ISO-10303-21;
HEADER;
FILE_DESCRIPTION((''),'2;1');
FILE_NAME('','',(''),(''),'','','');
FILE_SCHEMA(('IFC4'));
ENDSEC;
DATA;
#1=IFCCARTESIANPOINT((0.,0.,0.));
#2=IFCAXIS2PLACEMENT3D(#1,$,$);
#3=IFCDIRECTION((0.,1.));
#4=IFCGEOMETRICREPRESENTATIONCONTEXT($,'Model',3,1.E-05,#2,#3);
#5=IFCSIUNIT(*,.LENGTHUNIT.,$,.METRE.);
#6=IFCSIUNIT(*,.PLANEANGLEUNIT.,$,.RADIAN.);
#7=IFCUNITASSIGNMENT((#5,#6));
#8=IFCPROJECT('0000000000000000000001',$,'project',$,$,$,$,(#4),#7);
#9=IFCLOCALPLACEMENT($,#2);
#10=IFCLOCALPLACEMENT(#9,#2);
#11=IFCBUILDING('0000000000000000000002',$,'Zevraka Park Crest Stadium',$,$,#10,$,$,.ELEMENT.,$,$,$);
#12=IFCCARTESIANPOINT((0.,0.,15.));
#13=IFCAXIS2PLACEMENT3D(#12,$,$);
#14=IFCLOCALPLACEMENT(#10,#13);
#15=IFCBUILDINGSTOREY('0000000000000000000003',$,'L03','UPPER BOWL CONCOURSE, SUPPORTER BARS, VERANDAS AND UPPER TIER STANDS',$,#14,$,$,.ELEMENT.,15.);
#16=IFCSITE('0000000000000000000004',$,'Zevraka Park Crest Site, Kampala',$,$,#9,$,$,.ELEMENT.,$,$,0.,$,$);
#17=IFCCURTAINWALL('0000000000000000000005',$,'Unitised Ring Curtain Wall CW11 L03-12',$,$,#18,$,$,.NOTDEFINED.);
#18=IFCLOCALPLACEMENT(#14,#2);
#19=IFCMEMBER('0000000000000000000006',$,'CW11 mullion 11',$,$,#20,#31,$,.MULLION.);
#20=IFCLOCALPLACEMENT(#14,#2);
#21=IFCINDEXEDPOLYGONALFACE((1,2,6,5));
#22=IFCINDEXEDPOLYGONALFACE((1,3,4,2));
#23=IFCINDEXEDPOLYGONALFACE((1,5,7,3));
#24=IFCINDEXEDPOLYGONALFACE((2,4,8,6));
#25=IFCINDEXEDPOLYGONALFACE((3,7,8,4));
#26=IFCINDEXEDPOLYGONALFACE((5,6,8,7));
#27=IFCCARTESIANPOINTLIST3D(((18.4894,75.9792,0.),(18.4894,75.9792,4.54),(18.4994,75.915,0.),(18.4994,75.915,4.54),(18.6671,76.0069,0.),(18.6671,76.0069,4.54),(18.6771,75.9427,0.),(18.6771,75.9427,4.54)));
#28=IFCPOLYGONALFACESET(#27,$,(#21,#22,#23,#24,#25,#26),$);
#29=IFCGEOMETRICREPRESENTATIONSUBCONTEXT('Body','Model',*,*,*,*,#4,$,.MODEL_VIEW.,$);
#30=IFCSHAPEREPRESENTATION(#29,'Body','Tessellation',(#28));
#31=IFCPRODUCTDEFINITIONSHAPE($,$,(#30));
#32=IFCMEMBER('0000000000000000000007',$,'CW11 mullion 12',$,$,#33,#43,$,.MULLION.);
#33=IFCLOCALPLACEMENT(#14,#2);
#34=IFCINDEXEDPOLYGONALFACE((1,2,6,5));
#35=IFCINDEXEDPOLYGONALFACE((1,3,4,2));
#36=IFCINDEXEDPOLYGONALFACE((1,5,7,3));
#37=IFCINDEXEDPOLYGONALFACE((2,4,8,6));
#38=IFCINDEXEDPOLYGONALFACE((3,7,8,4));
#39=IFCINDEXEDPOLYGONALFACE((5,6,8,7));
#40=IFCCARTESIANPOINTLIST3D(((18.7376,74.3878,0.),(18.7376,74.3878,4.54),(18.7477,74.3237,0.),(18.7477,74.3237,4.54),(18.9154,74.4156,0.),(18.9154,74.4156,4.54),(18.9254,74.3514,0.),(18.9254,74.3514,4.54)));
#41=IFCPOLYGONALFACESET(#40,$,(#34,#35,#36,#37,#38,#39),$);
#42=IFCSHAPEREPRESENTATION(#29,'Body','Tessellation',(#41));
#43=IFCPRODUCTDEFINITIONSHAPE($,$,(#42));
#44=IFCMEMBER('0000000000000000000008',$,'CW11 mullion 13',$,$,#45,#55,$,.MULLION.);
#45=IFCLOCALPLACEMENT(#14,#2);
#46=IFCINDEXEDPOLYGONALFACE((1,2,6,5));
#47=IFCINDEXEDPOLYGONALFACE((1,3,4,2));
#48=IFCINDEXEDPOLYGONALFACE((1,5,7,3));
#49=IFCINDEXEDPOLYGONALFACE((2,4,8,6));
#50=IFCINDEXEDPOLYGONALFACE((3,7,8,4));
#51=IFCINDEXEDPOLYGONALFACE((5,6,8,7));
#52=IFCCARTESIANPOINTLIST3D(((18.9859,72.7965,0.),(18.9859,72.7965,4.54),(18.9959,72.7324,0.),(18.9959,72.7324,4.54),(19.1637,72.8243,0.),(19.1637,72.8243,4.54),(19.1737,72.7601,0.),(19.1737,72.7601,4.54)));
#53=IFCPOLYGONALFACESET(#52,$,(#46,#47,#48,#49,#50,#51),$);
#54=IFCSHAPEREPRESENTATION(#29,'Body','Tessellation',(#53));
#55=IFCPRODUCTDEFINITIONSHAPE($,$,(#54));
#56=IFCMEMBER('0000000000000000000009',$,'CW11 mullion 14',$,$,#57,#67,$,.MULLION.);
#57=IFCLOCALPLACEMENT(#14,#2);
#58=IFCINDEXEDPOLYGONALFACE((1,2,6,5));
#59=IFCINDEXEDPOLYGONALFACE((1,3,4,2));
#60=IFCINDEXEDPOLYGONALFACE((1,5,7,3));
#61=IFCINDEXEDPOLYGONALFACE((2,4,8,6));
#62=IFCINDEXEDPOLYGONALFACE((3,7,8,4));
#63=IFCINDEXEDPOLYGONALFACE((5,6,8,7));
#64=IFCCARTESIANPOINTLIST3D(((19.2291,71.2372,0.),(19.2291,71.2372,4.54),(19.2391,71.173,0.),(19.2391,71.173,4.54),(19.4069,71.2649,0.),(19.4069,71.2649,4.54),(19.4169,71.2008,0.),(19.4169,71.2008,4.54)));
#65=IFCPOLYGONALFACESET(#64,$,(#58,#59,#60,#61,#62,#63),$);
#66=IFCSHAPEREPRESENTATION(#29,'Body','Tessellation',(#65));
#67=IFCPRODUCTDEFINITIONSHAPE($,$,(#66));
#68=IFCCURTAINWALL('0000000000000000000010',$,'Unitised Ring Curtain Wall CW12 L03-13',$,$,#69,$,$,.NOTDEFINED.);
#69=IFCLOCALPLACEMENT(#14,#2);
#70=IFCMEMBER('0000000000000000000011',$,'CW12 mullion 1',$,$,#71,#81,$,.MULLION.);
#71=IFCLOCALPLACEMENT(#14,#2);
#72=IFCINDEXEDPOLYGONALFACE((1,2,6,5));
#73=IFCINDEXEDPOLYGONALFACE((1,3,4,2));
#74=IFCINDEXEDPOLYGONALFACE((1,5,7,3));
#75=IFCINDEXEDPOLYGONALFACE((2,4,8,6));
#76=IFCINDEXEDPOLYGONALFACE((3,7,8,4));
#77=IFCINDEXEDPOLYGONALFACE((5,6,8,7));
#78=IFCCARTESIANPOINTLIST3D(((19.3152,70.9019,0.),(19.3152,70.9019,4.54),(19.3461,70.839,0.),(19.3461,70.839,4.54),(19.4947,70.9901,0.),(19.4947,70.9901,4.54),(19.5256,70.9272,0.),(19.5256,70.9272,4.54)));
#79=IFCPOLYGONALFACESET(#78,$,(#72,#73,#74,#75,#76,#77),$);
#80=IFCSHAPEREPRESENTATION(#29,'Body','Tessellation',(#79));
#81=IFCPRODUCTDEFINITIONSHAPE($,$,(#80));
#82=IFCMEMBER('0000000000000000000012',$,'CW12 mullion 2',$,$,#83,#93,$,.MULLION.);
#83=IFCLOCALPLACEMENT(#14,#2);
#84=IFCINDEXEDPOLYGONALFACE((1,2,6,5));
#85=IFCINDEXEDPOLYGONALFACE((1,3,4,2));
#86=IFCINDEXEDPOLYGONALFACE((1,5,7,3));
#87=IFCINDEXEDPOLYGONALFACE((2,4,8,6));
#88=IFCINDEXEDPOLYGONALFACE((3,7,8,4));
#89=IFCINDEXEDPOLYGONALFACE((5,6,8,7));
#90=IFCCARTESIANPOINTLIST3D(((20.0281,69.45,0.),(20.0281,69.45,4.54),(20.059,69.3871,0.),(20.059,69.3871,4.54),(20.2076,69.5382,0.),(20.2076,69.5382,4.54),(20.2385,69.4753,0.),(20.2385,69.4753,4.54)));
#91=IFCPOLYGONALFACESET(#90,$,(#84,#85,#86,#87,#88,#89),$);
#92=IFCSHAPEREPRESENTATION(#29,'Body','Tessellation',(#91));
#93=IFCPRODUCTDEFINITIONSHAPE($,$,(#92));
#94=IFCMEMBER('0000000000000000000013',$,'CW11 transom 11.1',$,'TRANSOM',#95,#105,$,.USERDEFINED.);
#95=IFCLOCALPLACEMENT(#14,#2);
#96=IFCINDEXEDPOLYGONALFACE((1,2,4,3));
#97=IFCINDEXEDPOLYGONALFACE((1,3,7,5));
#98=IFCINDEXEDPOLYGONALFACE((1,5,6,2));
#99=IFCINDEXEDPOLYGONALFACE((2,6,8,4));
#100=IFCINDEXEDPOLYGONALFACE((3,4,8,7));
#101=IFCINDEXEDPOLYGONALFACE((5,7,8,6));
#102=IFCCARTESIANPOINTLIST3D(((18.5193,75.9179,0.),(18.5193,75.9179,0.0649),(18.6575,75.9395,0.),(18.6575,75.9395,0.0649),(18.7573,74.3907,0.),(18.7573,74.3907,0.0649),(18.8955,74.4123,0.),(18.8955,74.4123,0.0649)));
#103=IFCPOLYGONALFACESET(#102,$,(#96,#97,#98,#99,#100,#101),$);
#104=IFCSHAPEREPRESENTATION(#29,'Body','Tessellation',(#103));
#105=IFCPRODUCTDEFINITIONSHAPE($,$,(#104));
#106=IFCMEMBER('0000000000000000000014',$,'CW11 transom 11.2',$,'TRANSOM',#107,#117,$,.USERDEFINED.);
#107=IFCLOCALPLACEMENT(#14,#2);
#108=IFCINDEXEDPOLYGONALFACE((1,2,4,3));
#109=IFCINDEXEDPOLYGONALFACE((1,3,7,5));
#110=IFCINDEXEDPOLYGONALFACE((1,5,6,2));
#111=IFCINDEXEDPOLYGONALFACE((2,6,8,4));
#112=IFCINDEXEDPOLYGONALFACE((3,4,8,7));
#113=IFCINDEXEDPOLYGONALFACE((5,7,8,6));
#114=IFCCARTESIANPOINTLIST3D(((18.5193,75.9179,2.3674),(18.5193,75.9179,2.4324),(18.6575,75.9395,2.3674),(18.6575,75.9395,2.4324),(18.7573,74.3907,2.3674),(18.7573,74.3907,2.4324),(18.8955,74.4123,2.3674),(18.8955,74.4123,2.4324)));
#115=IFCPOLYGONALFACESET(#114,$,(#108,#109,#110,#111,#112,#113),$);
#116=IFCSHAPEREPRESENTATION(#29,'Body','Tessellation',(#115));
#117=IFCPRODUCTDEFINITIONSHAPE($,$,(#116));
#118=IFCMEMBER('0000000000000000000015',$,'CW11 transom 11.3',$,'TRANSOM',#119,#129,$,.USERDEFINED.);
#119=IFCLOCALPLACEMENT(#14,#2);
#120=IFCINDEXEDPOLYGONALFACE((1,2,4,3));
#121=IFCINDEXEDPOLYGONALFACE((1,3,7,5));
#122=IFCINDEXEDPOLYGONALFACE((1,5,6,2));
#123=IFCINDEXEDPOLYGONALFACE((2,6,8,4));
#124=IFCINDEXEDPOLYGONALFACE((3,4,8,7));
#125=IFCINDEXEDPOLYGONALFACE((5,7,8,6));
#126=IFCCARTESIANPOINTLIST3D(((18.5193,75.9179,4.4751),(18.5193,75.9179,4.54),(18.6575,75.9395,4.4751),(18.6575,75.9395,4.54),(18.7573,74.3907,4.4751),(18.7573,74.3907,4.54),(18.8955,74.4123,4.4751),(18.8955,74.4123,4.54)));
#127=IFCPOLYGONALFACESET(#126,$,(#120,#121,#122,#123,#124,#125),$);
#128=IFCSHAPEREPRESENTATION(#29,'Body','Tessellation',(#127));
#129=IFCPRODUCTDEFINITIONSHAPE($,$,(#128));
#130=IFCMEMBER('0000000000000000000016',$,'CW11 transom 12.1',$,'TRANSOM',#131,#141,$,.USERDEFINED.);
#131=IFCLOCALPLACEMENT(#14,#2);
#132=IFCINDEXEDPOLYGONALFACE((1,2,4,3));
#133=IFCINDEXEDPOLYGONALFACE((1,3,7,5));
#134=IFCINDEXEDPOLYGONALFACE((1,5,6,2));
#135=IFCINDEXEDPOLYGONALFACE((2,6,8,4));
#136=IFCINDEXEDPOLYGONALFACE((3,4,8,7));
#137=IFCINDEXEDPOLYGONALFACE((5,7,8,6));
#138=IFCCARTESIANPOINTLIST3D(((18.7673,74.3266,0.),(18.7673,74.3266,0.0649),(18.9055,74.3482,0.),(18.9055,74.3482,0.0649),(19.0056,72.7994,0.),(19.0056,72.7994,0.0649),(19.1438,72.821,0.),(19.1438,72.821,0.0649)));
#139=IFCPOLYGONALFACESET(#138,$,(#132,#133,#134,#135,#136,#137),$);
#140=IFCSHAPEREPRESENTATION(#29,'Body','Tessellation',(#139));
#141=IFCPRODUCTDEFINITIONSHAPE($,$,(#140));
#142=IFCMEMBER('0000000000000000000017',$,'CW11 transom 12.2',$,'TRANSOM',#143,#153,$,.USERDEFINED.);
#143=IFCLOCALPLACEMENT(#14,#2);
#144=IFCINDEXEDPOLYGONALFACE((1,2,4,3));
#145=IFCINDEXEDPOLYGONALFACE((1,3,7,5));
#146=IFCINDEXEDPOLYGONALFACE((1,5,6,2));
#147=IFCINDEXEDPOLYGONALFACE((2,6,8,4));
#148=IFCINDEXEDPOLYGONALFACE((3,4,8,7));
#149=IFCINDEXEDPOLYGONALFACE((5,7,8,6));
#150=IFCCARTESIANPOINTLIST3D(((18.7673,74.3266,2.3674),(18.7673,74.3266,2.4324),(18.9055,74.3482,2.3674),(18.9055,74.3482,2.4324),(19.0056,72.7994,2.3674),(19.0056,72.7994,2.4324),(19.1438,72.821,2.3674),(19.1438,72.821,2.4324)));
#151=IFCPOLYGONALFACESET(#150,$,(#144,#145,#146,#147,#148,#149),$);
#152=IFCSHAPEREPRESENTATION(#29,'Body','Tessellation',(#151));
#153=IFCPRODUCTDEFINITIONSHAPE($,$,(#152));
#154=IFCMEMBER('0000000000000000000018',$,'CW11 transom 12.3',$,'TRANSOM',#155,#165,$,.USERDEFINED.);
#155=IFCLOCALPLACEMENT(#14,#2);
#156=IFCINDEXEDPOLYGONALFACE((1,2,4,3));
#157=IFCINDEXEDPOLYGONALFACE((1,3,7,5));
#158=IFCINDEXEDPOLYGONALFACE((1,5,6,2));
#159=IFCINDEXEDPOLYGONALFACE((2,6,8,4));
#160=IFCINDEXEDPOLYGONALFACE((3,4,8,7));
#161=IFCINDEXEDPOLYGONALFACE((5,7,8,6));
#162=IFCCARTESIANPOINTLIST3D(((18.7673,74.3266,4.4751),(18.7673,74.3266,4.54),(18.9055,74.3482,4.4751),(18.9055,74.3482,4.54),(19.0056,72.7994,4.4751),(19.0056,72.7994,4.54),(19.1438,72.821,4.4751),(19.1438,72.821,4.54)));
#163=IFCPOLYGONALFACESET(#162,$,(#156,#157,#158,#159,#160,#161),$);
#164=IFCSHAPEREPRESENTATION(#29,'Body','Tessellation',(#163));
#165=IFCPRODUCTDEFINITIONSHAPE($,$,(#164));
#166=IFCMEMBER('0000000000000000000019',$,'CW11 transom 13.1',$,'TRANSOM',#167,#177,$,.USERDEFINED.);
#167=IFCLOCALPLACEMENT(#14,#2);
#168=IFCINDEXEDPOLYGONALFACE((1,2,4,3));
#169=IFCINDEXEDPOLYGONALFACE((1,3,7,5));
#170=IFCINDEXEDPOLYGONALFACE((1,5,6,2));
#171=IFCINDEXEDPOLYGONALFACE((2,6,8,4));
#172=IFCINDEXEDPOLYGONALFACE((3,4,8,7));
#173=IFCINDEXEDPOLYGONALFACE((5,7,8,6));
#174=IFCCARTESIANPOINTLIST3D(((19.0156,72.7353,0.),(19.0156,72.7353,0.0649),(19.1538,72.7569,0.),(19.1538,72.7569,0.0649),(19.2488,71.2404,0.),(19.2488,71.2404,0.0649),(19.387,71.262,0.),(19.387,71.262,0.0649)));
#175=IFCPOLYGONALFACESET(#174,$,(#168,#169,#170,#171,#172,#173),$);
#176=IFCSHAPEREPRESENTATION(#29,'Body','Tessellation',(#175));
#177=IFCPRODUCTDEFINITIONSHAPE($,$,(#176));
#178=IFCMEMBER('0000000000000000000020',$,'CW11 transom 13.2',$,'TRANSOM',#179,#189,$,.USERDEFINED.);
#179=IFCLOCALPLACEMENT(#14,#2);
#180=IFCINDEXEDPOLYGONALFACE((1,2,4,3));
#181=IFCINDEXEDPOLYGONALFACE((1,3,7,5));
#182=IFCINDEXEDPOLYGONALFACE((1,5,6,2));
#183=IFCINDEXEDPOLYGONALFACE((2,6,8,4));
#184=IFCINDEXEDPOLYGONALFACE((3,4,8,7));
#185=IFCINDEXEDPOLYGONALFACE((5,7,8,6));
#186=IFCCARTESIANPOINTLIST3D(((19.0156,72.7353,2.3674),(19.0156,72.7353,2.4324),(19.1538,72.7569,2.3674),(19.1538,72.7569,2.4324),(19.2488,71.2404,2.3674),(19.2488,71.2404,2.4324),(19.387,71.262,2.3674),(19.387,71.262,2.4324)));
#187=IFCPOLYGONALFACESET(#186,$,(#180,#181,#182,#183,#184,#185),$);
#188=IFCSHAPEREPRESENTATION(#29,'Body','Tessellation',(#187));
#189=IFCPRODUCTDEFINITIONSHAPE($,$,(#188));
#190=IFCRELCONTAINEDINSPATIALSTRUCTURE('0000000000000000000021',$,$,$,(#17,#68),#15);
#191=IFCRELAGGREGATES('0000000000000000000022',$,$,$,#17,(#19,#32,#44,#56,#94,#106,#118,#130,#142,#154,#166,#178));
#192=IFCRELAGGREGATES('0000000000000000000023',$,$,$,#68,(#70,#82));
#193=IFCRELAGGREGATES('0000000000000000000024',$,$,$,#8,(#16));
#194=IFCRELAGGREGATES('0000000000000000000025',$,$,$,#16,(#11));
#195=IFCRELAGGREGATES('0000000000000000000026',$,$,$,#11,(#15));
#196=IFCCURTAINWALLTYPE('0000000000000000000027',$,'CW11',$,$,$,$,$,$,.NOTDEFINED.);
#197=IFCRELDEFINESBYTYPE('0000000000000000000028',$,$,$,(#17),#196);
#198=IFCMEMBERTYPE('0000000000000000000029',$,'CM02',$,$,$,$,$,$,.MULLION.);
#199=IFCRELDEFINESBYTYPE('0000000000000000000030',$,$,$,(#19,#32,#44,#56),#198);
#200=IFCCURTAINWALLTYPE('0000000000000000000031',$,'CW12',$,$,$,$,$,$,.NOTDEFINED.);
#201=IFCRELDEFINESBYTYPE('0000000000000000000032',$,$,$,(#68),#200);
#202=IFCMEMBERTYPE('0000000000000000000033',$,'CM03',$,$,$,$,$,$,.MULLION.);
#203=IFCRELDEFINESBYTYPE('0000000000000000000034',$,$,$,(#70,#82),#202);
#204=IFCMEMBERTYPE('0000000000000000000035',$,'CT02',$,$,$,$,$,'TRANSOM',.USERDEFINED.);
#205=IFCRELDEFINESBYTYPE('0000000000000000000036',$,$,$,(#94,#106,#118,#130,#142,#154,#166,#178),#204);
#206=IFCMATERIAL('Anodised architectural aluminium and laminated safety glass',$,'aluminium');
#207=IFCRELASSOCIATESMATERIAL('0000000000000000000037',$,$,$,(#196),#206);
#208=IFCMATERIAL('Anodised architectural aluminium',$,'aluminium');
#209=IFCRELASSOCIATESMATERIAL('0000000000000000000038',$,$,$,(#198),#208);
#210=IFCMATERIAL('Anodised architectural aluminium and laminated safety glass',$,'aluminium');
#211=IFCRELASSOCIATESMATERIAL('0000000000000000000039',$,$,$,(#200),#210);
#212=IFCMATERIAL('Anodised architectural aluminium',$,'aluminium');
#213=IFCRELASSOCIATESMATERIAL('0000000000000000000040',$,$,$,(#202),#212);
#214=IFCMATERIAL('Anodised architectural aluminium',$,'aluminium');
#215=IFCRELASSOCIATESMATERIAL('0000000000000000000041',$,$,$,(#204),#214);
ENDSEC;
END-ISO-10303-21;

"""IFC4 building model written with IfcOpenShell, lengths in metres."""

from ifc_helpers import new_model, si_unit, direction, frame, origin, origin_2d, place, context, subcontext, project, spatial, rectangle, extrude, material, material_profile, profile_set, type_object, element, aggregate, save


model = new_model("IFC4")

# Units and contexts
model_context = context("Model", 3, precision=1e-05, world=origin(), true_north=direction((0.0, 1.0)))
body_context = subcontext(model_context, "Body", "Model", "MODEL_VIEW")
ifc_project = project(units=[si_unit("LENGTHUNIT", "METRE"), si_unit("PLANEANGLEUNIT", "RADIAN")], contexts=[model_context])

# Site, building, storey
site_placement = place(None, origin())
site = spatial("IfcSite", under=ifc_project, at=site_placement, Name="Zevraka Park Crest Site, Kampala", CompositionType="ELEMENT", RefElevation=0.0)
building_placement = place(site_placement, origin())
building = spatial("IfcBuilding", under=site, at=building_placement, Name="Zevraka Park Crest Stadium", CompositionType="ELEMENT")
storey_placement = place(building_placement, frame((0.0, 0.0, 15.0)))
storey = spatial("IfcBuildingStorey", under=building, at=storey_placement, Name="L03", Description="UPPER BOWL CONCOURSE, SUPPORTER BARS, VERANDAS AND UPPER TIER STANDS", CompositionType="ELEMENT", Elevation=15.0)

# Curtain walls, members
ifc_material_1 = material(Name="Anodised architectural aluminium and laminated safety glass", Category="aluminium")
curtain_wall_type_1 = type_object("IfcCurtainWallType", Name="CW11", PredefinedType="NOTDEFINED", material=ifc_material_1)
curtain_wall_1_placement = place(storey_placement, origin())
curtain_wall_1 = element("IfcCurtainWall", 1, at=curtain_wall_1_placement, inside=storey, type_object=curtain_wall_type_1, Name="Unitised Ring Curtain Wall CW11 L03-12", PredefinedType="NOTDEFINED")
ifc_material_2 = material(Name="Anodised architectural aluminium", Category="aluminium")
ifc_material_profile_1 = material_profile(ifc_material_2, rectangle(XDim=0.1799, YDim=0.0649, at=origin_2d()), Name="ALU MULLION 180x65")
ifc_profile_set_1 = profile_set([ifc_material_profile_1], Name="Anodised architectural aluminium")
member_type_1 = type_object("IfcMemberType", Name="CM02", PredefinedType="MULLION", material=ifc_profile_set_1)
member_1_placement = place(storey_placement, frame((18.5833, 75.9609, 0.0), z_axis=(0.0, 0.0, 1.0), x_axis=(0.988051, 0.154128, 0.0)))
member_1 = element("IfcMember", 2, at=member_1_placement, type_object=member_type_1, Name="CW11 mullion 11", PredefinedType="MULLION", context=body_context, shape_type="SweptSolid", body=[
    extrude(rectangle(XDim=0.1799, YDim=0.0649, at=origin_2d()), origin(), (0.0, 0.0, 1.0), 4.54),
])
member_2_placement = place(storey_placement, frame((18.8315, 74.3696, 0.0), z_axis=(0.0, 0.0, 1.0), x_axis=(0.988051, 0.154128, 0.0)))
member_2 = element("IfcMember", 3, at=member_2_placement, type_object=member_type_1, Name="CW11 mullion 12", PredefinedType="MULLION", context=body_context, shape_type="SweptSolid", body=[
    extrude(rectangle(XDim=0.1799, YDim=0.0649, at=origin_2d()), origin(), (0.0, 0.0, 1.0), 4.54),
])
member_3_placement = place(storey_placement, frame((19.0798, 72.7783, 0.0), z_axis=(0.0, 0.0, 1.0), x_axis=(0.988051, 0.154128, 0.0)))
member_3 = element("IfcMember", 4, at=member_3_placement, type_object=member_type_1, Name="CW11 mullion 13", PredefinedType="MULLION", context=body_context, shape_type="SweptSolid", body=[
    extrude(rectangle(XDim=0.1799, YDim=0.0649, at=origin_2d()), origin(), (0.0, 0.0, 1.0), 4.54),
])
member_4_placement = place(storey_placement, frame((19.323, 71.219, 0.0), z_axis=(0.0, 0.0, 1.0), x_axis=(0.988051, 0.154128, 0.0)))
member_4 = element("IfcMember", 5, at=member_4_placement, type_object=member_type_1, Name="CW11 mullion 14", PredefinedType="MULLION", context=body_context, shape_type="SweptSolid", body=[
    extrude(rectangle(XDim=0.1799, YDim=0.0649, at=origin_2d()), origin(), (0.0, 0.0, 1.0), 4.54),
])
ifc_material_3 = material(Name="Anodised architectural aluminium and laminated safety glass", Category="aluminium")
curtain_wall_type_2 = type_object("IfcCurtainWallType", Name="CW12", PredefinedType="NOTDEFINED", material=ifc_material_3)
curtain_wall_2_placement = place(storey_placement, origin())
curtain_wall_2 = element("IfcCurtainWall", 6, at=curtain_wall_2_placement, inside=storey, type_object=curtain_wall_type_2, Name="Unitised Ring Curtain Wall CW12 L03-13", PredefinedType="NOTDEFINED")
ifc_material_4 = material(Name="Anodised architectural aluminium", Category="aluminium")
ifc_material_profile_2 = material_profile(ifc_material_4, rectangle(XDim=0.2, YDim=0.0701, at=origin_2d()), Name="ALU MULLION 200x70")
ifc_profile_set_2 = profile_set([ifc_material_profile_2], Name="Anodised architectural aluminium")
member_type_2 = type_object("IfcMemberType", Name="CM03", PredefinedType="MULLION", material=ifc_profile_set_2)
member_5_placement = place(storey_placement, frame((19.4204, 70.9146, 0.0), z_axis=(0.0, 0.0, 1.0), x_axis=(0.897671, 0.440666, 0.0)))
member_5 = element("IfcMember", 7, at=member_5_placement, type_object=member_type_2, Name="CW12 mullion 1", PredefinedType="MULLION", context=body_context, shape_type="SweptSolid", body=[
    extrude(rectangle(XDim=0.2, YDim=0.0701, at=origin_2d()), origin(), (0.0, 0.0, 1.0), 4.54),
])
member_6_placement = place(storey_placement, frame((20.1333, 69.4626, 0.0), z_axis=(0.0, 0.0, 1.0), x_axis=(0.897671, 0.440666, 0.0)))
member_6 = element("IfcMember", 8, at=member_6_placement, type_object=member_type_2, Name="CW12 mullion 2", PredefinedType="MULLION", context=body_context, shape_type="SweptSolid", body=[
    extrude(rectangle(XDim=0.2, YDim=0.0701, at=origin_2d()), origin(), (0.0, 0.0, 1.0), 4.54),
])

# Members
ifc_material_5 = material(Name="Anodised architectural aluminium", Category="aluminium")
ifc_material_profile_3 = material_profile(ifc_material_5, rectangle(XDim=0.1399, YDim=0.0649, at=origin_2d()), Name="ALU TRANSOM 140x65")
ifc_profile_set_3 = profile_set([ifc_material_profile_3], Name="Anodised architectural aluminium")
member_type_3 = type_object("IfcMemberType", Name="CT02", ElementType="TRANSOM", PredefinedType="USERDEFINED", material=ifc_profile_set_3)
member_7_placement = place(storey_placement, frame((18.5884, 75.9287, 0.0325), z_axis=(0.154015, -0.988068, 0.0), x_axis=(0.988068, 0.154015, 0.0)))
member_7 = element("IfcMember", 9, at=member_7_placement, type_object=member_type_3, Name="CW11 transom 11.1", ObjectType="TRANSOM", PredefinedType="USERDEFINED", context=body_context, shape_type="SweptSolid", body=[
    extrude(rectangle(XDim=0.1399, YDim=0.0649, at=origin_2d()), origin(), (0.0, 0.0, 1.0), 1.5457),
])
member_8_placement = place(storey_placement, frame((18.5884, 75.9287, 2.3999), z_axis=(0.154015, -0.988068, 0.0), x_axis=(0.988068, 0.154015, 0.0)))
member_8 = element("IfcMember", 10, at=member_8_placement, type_object=member_type_3, Name="CW11 transom 11.2", ObjectType="TRANSOM", PredefinedType="USERDEFINED", context=body_context, shape_type="SweptSolid", body=[
    extrude(rectangle(XDim=0.1399, YDim=0.0649, at=origin_2d()), origin(), (0.0, 0.0, 1.0), 1.5457),
])
member_9_placement = place(storey_placement, frame((18.5884, 75.9287, 4.5076), z_axis=(0.154015, -0.988068, 0.0), x_axis=(0.988068, 0.154015, 0.0)))
member_9 = element("IfcMember", 11, at=member_9_placement, type_object=member_type_3, Name="CW11 transom 11.3", ObjectType="TRANSOM", PredefinedType="USERDEFINED", context=body_context, shape_type="SweptSolid", body=[
    extrude(rectangle(XDim=0.1399, YDim=0.0649, at=origin_2d()), origin(), (0.0, 0.0, 1.0), 1.5457),
])
member_10_placement = place(storey_placement, frame((18.8364, 74.3374, 0.0325), z_axis=(0.15417, -0.988044, 0.0), x_axis=(0.988044, 0.15417, 0.0)))
member_10 = element("IfcMember", 12, at=member_10_placement, type_object=member_type_3, Name="CW11 transom 12.1", ObjectType="TRANSOM", PredefinedType="USERDEFINED", context=body_context, shape_type="SweptSolid", body=[
    extrude(rectangle(XDim=0.1399, YDim=0.0649, at=origin_2d()), origin(), (0.0, 0.0, 1.0), 1.5457),
])
member_11_placement = place(storey_placement, frame((18.8364, 74.3374, 2.3999), z_axis=(0.15417, -0.988044, 0.0), x_axis=(0.988044, 0.15417, 0.0)))
member_11 = element("IfcMember", 13, at=member_11_placement, type_object=member_type_3, Name="CW11 transom 12.2", ObjectType="TRANSOM", PredefinedType="USERDEFINED", context=body_context, shape_type="SweptSolid", body=[
    extrude(rectangle(XDim=0.1399, YDim=0.0649, at=origin_2d()), origin(), (0.0, 0.0, 1.0), 1.5457),
])
member_12_placement = place(storey_placement, frame((18.8364, 74.3374, 4.5076), z_axis=(0.15417, -0.988044, 0.0), x_axis=(0.988044, 0.15417, 0.0)))
member_12 = element("IfcMember", 14, at=member_12_placement, type_object=member_type_3, Name="CW11 transom 12.3", ObjectType="TRANSOM", PredefinedType="USERDEFINED", context=body_context, shape_type="SweptSolid", body=[
    extrude(rectangle(XDim=0.1399, YDim=0.0649, at=origin_2d()), origin(), (0.0, 0.0, 1.0), 1.5457),
])
member_13_placement = place(storey_placement, frame((19.0847, 72.7461, 0.0325), z_axis=(0.154106, -0.988054, 0.0), x_axis=(0.988054, 0.154106, 0.0)))
member_13 = element("IfcMember", 15, at=member_13_placement, type_object=member_type_3, Name="CW11 transom 13.1", ObjectType="TRANSOM", PredefinedType="USERDEFINED", context=body_context, shape_type="SweptSolid", body=[
    extrude(rectangle(XDim=0.1399, YDim=0.0649, at=origin_2d()), origin(), (0.0, 0.0, 1.0), 1.5129),
])
member_14_placement = place(storey_placement, frame((19.0847, 72.7461, 2.3999), z_axis=(0.154106, -0.988054, 0.0), x_axis=(0.988054, 0.154106, 0.0)))
member_14 = element("IfcMember", 16, at=member_14_placement, type_object=member_type_3, Name="CW11 transom 13.2", ObjectType="TRANSOM", PredefinedType="USERDEFINED", context=body_context, shape_type="SweptSolid", body=[
    extrude(rectangle(XDim=0.1399, YDim=0.0649, at=origin_2d()), origin(), (0.0, 0.0, 1.0), 1.5129),
])

aggregate(curtain_wall_1, [member_1, member_2, member_3, member_4, member_7, member_8, member_9, member_10, member_11, member_12, member_13, member_14])
aggregate(curtain_wall_2, [member_5, member_6])

save(model, "model.ifc")
